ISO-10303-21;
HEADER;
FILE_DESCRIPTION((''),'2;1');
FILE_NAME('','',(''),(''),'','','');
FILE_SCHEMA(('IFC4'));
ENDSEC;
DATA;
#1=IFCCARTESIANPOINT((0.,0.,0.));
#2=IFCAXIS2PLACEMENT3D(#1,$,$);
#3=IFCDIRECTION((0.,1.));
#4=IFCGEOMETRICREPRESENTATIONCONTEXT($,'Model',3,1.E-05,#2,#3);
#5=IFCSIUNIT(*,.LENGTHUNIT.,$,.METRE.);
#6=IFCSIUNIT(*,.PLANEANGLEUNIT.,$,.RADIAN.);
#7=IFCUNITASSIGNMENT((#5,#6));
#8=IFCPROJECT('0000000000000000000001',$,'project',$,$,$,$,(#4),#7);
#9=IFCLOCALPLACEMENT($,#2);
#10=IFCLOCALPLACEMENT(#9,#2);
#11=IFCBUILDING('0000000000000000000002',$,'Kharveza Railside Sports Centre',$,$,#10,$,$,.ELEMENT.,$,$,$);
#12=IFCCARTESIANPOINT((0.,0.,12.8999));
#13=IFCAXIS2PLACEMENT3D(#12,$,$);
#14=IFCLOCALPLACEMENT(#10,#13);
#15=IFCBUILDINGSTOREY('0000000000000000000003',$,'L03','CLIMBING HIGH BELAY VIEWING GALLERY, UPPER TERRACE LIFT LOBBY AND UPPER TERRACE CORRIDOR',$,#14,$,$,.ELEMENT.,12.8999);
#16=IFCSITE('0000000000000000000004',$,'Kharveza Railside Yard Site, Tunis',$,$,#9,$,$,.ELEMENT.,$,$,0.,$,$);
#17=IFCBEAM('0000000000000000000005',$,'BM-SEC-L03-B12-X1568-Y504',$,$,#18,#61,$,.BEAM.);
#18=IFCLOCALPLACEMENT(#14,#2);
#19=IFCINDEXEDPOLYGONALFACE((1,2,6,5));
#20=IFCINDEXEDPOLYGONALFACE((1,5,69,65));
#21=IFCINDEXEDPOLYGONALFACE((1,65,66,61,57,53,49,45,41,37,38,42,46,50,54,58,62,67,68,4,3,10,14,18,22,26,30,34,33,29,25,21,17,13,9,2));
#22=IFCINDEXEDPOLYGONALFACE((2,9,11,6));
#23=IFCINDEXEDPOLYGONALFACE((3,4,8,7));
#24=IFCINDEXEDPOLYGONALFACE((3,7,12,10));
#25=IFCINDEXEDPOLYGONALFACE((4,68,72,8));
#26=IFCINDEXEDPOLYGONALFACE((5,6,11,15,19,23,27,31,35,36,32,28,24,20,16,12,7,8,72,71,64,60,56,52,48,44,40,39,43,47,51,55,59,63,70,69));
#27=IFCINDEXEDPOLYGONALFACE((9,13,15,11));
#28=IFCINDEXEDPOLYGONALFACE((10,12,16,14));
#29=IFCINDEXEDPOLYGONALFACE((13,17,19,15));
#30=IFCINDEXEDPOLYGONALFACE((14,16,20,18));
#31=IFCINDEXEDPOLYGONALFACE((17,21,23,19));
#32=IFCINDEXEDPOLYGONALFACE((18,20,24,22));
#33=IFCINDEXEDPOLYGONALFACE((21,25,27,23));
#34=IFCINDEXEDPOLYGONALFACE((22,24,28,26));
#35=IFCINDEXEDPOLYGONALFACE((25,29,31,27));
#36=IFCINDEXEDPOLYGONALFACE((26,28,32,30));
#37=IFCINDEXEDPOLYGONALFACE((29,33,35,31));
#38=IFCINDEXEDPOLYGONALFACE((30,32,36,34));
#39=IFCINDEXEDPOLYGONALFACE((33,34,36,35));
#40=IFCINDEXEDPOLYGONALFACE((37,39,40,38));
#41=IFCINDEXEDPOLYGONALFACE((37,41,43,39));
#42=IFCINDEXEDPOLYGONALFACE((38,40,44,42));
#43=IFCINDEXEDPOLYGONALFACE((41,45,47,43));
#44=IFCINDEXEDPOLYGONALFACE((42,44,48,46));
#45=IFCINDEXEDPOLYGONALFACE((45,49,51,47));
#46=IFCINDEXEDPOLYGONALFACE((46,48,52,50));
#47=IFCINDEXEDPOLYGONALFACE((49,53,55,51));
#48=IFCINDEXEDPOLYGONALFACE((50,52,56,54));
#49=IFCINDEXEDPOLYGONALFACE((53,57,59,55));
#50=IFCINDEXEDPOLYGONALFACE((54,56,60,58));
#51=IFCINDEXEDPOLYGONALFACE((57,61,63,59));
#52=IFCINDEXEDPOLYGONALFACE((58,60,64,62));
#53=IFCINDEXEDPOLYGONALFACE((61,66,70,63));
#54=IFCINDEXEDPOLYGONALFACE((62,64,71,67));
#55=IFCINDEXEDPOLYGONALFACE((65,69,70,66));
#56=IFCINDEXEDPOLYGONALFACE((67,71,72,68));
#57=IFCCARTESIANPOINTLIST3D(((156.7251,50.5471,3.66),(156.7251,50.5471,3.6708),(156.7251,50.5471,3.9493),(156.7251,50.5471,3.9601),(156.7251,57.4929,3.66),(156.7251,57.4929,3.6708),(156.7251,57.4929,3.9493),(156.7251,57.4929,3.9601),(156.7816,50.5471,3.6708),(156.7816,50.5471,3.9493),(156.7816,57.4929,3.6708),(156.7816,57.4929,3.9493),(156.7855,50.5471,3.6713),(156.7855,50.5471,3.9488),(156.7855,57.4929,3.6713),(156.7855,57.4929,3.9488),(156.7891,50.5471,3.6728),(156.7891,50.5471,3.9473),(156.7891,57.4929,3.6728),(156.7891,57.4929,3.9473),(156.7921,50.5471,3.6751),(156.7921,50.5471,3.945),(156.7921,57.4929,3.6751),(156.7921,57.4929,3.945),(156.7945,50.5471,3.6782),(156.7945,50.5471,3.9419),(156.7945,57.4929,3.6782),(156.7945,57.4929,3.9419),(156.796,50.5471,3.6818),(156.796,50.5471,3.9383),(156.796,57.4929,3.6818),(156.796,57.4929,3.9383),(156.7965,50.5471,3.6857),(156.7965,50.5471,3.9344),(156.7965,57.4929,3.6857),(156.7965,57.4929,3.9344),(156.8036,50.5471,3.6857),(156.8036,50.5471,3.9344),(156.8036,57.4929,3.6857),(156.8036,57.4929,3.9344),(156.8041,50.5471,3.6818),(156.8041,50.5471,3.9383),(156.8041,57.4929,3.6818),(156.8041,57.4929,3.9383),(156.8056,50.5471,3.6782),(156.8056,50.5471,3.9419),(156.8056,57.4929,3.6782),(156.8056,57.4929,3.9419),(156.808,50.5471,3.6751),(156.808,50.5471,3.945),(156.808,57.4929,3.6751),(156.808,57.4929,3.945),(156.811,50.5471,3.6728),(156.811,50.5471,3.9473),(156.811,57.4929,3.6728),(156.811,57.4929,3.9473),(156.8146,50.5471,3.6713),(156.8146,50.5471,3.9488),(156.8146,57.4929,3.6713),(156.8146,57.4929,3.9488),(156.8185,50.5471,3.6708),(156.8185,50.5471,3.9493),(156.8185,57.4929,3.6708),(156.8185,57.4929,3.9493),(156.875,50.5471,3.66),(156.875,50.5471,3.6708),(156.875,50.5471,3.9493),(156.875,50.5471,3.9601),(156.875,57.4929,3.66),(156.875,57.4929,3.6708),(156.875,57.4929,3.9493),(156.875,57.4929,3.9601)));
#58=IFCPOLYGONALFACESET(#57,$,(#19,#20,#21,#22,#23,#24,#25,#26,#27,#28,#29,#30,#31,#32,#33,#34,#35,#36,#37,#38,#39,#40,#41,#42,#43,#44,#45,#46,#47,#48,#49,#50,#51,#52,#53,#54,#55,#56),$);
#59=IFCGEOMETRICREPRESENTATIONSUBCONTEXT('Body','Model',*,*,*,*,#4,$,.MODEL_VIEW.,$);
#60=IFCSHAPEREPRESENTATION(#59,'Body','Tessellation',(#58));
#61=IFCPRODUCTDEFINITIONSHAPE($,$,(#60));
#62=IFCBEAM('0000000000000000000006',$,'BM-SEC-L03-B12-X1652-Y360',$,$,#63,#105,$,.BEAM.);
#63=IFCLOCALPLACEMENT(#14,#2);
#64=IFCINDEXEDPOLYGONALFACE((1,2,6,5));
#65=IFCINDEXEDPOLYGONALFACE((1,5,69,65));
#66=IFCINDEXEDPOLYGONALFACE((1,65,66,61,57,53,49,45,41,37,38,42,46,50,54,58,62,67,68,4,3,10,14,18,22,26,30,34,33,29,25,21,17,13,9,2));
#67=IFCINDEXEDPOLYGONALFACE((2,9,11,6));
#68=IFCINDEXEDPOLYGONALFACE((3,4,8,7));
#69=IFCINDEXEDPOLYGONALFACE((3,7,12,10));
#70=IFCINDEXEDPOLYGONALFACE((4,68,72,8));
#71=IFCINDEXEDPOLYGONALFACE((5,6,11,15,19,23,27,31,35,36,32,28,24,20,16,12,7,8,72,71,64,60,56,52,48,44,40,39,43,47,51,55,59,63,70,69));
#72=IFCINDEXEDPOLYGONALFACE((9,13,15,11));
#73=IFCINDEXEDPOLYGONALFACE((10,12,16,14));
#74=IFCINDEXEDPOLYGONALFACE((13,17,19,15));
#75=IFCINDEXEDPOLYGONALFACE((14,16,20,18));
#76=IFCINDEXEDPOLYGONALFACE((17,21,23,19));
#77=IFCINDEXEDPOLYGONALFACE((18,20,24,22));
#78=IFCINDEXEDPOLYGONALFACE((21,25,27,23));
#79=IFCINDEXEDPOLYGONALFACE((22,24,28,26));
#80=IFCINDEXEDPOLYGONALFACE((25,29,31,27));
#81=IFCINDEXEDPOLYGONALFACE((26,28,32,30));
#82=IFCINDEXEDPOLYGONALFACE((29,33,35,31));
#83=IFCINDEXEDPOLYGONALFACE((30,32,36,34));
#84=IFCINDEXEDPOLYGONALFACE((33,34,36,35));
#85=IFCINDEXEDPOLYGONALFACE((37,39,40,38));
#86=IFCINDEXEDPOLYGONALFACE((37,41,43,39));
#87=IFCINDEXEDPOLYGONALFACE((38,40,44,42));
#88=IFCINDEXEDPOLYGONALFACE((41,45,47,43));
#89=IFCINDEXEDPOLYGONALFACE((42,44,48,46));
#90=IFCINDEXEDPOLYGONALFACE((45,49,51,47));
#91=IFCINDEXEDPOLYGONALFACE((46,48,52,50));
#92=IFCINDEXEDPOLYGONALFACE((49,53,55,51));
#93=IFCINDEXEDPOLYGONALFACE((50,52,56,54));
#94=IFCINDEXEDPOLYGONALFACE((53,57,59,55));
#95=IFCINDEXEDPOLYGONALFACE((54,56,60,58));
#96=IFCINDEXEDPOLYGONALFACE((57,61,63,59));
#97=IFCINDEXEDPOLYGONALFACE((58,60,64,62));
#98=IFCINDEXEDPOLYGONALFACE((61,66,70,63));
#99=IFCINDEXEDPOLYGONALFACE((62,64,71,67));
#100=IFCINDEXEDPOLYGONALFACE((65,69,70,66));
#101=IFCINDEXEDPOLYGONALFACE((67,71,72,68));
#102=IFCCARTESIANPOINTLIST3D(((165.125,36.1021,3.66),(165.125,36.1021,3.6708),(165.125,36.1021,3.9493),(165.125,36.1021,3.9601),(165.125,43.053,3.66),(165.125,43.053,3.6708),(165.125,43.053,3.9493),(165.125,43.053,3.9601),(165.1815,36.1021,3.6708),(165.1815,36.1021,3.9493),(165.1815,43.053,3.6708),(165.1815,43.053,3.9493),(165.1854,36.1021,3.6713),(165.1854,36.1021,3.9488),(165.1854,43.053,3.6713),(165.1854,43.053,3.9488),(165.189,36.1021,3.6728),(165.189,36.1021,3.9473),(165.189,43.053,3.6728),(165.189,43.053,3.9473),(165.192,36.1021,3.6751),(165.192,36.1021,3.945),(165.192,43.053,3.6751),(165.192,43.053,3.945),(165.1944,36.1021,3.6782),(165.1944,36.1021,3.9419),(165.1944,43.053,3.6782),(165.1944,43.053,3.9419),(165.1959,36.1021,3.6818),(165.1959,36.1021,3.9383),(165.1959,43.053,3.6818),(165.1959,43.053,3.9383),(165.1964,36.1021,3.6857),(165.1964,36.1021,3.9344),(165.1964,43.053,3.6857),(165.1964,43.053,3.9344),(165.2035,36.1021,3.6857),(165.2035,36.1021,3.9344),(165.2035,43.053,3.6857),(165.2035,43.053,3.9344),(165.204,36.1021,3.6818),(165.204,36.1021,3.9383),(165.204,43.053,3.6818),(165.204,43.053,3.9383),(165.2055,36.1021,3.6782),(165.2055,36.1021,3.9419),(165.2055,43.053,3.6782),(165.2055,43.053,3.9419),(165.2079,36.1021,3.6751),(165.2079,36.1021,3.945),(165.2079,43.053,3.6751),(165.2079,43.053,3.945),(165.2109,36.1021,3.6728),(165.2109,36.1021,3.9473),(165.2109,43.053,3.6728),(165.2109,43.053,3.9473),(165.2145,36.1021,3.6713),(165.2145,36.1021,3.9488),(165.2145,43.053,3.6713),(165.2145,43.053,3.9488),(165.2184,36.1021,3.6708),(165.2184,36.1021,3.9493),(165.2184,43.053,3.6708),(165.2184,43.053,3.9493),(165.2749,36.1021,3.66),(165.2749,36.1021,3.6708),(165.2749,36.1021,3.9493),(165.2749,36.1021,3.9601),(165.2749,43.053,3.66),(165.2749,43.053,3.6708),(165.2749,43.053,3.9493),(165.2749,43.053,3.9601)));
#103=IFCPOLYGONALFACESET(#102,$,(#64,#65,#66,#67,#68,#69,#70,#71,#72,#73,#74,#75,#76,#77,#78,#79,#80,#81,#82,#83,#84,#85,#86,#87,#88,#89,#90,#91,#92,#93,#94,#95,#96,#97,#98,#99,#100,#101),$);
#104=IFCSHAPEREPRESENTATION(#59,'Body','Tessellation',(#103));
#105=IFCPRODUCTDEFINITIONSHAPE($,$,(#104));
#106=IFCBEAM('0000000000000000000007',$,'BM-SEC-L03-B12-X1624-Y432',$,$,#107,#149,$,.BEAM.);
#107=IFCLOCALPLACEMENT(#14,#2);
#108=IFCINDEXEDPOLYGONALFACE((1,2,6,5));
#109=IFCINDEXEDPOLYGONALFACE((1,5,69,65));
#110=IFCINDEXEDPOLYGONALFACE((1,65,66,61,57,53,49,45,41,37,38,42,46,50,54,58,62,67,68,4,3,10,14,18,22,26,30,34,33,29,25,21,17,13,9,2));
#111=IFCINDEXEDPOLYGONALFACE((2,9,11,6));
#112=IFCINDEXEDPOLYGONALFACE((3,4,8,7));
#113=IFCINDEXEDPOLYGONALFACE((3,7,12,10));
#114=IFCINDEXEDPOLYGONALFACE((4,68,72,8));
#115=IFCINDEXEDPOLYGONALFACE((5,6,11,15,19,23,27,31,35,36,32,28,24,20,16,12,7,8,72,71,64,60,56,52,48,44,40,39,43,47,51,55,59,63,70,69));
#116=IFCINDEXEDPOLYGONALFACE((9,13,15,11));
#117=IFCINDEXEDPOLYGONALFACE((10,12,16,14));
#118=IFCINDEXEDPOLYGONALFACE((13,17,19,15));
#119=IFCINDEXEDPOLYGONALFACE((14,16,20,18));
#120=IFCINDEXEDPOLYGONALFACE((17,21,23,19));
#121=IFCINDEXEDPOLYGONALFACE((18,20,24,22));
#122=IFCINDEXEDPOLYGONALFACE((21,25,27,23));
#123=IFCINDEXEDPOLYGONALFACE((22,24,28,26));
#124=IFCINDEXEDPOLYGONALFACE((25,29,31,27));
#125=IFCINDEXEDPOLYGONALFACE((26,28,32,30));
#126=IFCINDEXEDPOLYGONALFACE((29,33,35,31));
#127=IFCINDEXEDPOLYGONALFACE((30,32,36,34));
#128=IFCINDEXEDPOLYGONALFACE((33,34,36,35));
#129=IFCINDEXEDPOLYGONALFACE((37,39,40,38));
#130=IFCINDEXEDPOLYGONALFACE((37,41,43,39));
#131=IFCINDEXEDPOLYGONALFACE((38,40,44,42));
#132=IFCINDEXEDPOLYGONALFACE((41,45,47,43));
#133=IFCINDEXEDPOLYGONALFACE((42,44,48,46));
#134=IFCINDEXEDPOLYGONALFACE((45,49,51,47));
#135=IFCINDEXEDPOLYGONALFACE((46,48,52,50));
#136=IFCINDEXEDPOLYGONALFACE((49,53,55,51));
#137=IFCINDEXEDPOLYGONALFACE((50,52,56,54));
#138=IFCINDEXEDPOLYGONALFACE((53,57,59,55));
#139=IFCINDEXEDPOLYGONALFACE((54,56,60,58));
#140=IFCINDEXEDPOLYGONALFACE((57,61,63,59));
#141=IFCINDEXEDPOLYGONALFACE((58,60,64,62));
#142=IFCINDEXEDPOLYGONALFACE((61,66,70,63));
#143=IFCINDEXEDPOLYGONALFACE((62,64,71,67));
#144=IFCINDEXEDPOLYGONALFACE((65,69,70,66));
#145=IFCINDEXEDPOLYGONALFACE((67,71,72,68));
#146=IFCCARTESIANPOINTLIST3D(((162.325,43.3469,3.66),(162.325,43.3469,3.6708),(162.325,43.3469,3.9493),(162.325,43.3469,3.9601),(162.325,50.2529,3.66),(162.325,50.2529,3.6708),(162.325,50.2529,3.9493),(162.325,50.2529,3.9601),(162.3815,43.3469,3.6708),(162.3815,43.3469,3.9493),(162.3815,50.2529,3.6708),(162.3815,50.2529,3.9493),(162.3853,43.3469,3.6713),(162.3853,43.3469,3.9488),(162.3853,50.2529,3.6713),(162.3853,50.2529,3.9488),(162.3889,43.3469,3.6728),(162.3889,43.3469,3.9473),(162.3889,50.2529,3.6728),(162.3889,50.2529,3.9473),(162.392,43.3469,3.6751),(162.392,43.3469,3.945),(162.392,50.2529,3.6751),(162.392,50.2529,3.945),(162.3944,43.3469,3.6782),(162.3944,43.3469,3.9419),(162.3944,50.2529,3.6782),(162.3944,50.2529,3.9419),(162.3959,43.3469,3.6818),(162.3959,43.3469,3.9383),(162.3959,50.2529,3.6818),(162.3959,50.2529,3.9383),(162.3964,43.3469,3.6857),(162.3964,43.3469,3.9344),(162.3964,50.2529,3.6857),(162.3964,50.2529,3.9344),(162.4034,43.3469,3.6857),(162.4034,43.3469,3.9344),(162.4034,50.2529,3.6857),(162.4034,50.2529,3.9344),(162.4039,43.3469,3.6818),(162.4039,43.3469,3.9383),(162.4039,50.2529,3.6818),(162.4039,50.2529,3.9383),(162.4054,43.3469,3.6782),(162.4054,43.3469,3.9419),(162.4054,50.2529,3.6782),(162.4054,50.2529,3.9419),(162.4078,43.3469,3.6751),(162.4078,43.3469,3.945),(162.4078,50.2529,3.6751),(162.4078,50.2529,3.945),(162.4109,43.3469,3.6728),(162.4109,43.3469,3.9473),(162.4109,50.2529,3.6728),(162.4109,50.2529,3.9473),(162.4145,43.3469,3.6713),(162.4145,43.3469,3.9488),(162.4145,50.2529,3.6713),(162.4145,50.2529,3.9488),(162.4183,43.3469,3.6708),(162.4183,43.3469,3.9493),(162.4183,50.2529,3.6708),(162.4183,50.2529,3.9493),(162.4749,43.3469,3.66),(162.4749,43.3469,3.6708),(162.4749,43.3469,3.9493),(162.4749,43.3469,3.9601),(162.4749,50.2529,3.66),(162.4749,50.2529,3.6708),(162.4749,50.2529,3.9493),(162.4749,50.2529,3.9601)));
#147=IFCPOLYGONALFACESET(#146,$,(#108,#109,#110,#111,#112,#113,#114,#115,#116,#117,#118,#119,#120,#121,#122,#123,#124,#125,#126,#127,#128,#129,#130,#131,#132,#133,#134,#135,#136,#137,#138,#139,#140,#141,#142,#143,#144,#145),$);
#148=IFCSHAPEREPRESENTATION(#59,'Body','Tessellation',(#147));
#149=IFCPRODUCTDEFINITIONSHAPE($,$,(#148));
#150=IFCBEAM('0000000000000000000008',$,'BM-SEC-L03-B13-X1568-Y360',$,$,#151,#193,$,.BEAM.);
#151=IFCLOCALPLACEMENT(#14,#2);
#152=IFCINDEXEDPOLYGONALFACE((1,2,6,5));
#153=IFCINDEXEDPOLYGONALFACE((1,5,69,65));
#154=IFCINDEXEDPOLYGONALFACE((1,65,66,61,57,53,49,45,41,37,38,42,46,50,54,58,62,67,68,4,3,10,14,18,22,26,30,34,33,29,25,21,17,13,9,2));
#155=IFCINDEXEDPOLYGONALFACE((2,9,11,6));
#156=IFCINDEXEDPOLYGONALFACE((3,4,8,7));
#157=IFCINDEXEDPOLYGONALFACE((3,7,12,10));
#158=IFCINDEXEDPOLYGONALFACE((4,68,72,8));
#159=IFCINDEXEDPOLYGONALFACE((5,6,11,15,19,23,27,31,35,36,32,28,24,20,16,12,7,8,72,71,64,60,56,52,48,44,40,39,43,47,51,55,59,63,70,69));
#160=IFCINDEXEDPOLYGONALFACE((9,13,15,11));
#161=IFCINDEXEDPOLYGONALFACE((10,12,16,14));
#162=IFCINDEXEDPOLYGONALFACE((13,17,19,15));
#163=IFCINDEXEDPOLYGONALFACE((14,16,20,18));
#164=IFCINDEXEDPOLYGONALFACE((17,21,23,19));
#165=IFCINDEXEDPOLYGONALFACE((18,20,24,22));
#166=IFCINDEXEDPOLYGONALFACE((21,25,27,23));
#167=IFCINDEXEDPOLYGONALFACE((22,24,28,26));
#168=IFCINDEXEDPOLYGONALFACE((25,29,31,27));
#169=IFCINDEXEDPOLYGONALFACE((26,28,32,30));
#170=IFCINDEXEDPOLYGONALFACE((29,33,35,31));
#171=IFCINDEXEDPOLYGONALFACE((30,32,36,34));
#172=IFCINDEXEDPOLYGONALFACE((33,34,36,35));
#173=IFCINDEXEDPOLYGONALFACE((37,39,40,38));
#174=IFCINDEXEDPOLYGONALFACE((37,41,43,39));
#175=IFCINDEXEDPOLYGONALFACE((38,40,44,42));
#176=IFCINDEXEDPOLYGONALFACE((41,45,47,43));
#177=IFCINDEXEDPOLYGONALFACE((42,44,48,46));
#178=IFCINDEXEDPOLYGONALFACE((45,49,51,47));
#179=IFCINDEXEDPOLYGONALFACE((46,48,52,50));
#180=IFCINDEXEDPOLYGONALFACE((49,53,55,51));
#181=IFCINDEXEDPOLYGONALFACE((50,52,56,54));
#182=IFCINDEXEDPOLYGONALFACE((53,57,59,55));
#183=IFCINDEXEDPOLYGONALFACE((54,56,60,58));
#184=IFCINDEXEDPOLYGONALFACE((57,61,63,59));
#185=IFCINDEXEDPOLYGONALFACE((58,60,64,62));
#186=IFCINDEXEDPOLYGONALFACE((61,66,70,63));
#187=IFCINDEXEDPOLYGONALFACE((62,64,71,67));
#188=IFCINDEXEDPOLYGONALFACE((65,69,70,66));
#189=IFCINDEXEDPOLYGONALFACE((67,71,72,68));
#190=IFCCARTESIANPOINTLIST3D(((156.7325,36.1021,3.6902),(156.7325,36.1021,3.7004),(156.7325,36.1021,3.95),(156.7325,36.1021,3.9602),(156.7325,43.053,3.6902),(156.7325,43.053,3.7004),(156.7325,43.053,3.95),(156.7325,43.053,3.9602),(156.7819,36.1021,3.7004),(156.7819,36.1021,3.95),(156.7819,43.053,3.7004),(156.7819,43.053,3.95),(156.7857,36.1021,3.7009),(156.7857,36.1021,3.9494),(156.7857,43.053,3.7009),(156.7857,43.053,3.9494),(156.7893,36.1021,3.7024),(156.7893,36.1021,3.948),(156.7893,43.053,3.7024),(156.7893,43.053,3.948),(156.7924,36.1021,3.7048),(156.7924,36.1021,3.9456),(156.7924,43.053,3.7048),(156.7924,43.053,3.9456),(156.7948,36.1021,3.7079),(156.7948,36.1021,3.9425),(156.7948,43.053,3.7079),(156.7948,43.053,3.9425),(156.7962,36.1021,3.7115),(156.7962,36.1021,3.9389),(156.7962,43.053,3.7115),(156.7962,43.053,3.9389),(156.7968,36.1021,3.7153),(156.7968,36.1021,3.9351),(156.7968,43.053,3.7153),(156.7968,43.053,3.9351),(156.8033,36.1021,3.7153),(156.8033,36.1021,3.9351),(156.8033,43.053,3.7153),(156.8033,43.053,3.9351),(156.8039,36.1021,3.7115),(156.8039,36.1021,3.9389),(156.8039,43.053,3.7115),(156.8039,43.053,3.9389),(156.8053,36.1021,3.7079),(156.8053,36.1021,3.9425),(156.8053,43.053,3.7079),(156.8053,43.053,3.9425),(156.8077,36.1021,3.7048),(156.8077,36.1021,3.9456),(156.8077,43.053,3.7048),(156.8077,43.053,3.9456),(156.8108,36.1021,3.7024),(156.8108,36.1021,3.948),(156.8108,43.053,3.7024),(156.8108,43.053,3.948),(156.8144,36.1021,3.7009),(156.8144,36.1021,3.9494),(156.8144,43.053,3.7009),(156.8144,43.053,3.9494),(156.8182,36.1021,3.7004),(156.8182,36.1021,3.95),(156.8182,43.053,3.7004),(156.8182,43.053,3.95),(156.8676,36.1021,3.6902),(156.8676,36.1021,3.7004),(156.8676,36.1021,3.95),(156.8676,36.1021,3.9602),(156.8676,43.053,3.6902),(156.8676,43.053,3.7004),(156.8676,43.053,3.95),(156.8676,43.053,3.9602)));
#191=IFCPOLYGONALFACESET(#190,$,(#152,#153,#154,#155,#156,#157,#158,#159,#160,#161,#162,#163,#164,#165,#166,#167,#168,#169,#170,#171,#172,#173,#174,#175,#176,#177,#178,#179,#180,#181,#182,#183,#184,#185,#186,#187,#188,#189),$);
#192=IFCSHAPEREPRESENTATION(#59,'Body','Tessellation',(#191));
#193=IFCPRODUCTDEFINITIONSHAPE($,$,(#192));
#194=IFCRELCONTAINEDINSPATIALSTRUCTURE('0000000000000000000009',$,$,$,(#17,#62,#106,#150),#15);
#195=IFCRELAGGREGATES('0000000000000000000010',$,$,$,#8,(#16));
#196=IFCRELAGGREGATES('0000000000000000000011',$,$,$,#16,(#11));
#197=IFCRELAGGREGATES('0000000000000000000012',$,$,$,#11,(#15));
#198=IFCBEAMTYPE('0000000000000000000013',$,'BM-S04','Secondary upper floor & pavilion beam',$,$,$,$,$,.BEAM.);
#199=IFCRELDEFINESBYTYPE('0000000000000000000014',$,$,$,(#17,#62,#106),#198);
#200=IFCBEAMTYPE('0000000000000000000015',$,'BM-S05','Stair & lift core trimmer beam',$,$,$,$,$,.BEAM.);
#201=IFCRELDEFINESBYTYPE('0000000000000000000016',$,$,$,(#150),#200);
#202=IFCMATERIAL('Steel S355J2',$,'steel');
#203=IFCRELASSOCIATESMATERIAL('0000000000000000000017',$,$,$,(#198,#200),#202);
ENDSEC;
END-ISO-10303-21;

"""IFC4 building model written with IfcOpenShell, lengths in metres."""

from ifc_helpers import new_model, si_unit, direction, frame, origin, origin_2d, place, context, subcontext, project, spatial, i_section, extrude, material, material_profile, profile_set, type_object, element, save


model = new_model("IFC4")

# Units and contexts
model_context = context("Model", 3, precision=1e-05, world=origin(), true_north=direction((0.0, 1.0)))
body_context = subcontext(model_context, "Body", "Model", "MODEL_VIEW")
ifc_project = project(units=[si_unit("LENGTHUNIT", "METRE"), si_unit("PLANEANGLEUNIT", "RADIAN")], contexts=[model_context])

# Site, building, storey
site_placement = place(None, origin())
site = spatial("IfcSite", under=ifc_project, at=site_placement, Name="Kharveza Railside Yard Site, Tunis", CompositionType="ELEMENT", RefElevation=0.0)
building_placement = place(site_placement, origin())
building = spatial("IfcBuilding", under=site, at=building_placement, Name="Kharveza Railside Sports Centre", CompositionType="ELEMENT")
storey_placement = place(building_placement, frame((0.0, 0.0, 12.8999)))
storey = spatial("IfcBuildingStorey", under=building, at=storey_placement, Name="L03", Description="CLIMBING HIGH BELAY VIEWING GALLERY, UPPER TERRACE LIFT LOBBY AND UPPER TERRACE CORRIDOR", CompositionType="ELEMENT", Elevation=12.8999)

# Shared definitions
ifc_material_1 = material(Name="Steel S355J2", Category="steel")

# Beams
ifc_material_profile_1 = material_profile(ifc_material_1, i_section(OverallWidth=0.1499, OverallDepth=0.3, WebThickness=0.0071, FlangeThickness=0.0107, FilletRadius=0.0149, at=origin_2d()), Name="IPE 300")
ifc_profile_set_1 = profile_set([ifc_material_profile_1], Name="Steel S355J2")
beam_type_1 = type_object("IfcBeamType", Name="BM-S04", Description="Secondary upper floor & pavilion beam", PredefinedType="BEAM", material=ifc_profile_set_1)
beam_1_placement = place(storey_placement, frame((156.8, 50.5471, 3.8101), z_axis=(0.0, 1.0, 0.0), x_axis=(-1.0, 0.0, 0.0)))
element("IfcBeam", 1, at=beam_1_placement, inside=storey, type_object=beam_type_1, Name="BM-SEC-L03-B12-X1568-Y504", PredefinedType="BEAM", context=body_context, shape_type="SweptSolid", body=[
    extrude(i_section(OverallWidth=0.1499, OverallDepth=0.3, WebThickness=0.0071, FlangeThickness=0.0107, FilletRadius=0.0149, at=origin_2d()), origin(), (0.0, 0.0, 1.0), 6.9458),
])
beam_2_placement = place(storey_placement, frame((165.2, 36.1021, 3.8101), z_axis=(0.0, 1.0, 0.0), x_axis=(-1.0, 0.0, 0.0)))
element("IfcBeam", 2, at=beam_2_placement, inside=storey, type_object=beam_type_1, Name="BM-SEC-L03-B12-X1652-Y360", PredefinedType="BEAM", context=body_context, shape_type="SweptSolid", body=[
    extrude(i_section(OverallWidth=0.1499, OverallDepth=0.3, WebThickness=0.0071, FlangeThickness=0.0107, FilletRadius=0.0149, at=origin_2d()), origin(), (0.0, 0.0, 1.0), 6.9509),
])
beam_3_placement = place(storey_placement, frame((162.3999, 43.3469, 3.8101), z_axis=(0.0, 1.0, 0.0), x_axis=(-1.0, 0.0, 0.0)))
element("IfcBeam", 3, at=beam_3_placement, inside=storey, type_object=beam_type_1, Name="BM-SEC-L03-B12-X1624-Y432", PredefinedType="BEAM", context=body_context, shape_type="SweptSolid", body=[
    extrude(i_section(OverallWidth=0.1499, OverallDepth=0.3, WebThickness=0.0071, FlangeThickness=0.0107, FilletRadius=0.0149, at=origin_2d()), origin(), (0.0, 0.0, 1.0), 6.906),
])
ifc_material_profile_2 = material_profile(ifc_material_1, i_section(OverallWidth=0.135, OverallDepth=0.27, WebThickness=0.0066, FlangeThickness=0.0103, FilletRadius=0.0149, at=origin_2d()), Name="IPE 270")
ifc_profile_set_2 = profile_set([ifc_material_profile_2], Name="Steel S355J2")
beam_type_2 = type_object("IfcBeamType", Name="BM-S05", Description="Stair & lift core trimmer beam", PredefinedType="BEAM", material=ifc_profile_set_2)
beam_4_placement = place(storey_placement, frame((156.8, 36.1021, 3.8252), z_axis=(0.0, 1.0, 0.0), x_axis=(-1.0, 0.0, 0.0)))
element("IfcBeam", 4, at=beam_4_placement, inside=storey, type_object=beam_type_2, Name="BM-SEC-L03-B13-X1568-Y360", PredefinedType="BEAM", context=body_context, shape_type="SweptSolid", body=[
    extrude(i_section(OverallWidth=0.135, OverallDepth=0.27, WebThickness=0.0066, FlangeThickness=0.0103, FilletRadius=0.0149, at=origin_2d()), origin(), (0.0, 0.0, 1.0), 6.9509),
])

save(model, "model.ifc")
